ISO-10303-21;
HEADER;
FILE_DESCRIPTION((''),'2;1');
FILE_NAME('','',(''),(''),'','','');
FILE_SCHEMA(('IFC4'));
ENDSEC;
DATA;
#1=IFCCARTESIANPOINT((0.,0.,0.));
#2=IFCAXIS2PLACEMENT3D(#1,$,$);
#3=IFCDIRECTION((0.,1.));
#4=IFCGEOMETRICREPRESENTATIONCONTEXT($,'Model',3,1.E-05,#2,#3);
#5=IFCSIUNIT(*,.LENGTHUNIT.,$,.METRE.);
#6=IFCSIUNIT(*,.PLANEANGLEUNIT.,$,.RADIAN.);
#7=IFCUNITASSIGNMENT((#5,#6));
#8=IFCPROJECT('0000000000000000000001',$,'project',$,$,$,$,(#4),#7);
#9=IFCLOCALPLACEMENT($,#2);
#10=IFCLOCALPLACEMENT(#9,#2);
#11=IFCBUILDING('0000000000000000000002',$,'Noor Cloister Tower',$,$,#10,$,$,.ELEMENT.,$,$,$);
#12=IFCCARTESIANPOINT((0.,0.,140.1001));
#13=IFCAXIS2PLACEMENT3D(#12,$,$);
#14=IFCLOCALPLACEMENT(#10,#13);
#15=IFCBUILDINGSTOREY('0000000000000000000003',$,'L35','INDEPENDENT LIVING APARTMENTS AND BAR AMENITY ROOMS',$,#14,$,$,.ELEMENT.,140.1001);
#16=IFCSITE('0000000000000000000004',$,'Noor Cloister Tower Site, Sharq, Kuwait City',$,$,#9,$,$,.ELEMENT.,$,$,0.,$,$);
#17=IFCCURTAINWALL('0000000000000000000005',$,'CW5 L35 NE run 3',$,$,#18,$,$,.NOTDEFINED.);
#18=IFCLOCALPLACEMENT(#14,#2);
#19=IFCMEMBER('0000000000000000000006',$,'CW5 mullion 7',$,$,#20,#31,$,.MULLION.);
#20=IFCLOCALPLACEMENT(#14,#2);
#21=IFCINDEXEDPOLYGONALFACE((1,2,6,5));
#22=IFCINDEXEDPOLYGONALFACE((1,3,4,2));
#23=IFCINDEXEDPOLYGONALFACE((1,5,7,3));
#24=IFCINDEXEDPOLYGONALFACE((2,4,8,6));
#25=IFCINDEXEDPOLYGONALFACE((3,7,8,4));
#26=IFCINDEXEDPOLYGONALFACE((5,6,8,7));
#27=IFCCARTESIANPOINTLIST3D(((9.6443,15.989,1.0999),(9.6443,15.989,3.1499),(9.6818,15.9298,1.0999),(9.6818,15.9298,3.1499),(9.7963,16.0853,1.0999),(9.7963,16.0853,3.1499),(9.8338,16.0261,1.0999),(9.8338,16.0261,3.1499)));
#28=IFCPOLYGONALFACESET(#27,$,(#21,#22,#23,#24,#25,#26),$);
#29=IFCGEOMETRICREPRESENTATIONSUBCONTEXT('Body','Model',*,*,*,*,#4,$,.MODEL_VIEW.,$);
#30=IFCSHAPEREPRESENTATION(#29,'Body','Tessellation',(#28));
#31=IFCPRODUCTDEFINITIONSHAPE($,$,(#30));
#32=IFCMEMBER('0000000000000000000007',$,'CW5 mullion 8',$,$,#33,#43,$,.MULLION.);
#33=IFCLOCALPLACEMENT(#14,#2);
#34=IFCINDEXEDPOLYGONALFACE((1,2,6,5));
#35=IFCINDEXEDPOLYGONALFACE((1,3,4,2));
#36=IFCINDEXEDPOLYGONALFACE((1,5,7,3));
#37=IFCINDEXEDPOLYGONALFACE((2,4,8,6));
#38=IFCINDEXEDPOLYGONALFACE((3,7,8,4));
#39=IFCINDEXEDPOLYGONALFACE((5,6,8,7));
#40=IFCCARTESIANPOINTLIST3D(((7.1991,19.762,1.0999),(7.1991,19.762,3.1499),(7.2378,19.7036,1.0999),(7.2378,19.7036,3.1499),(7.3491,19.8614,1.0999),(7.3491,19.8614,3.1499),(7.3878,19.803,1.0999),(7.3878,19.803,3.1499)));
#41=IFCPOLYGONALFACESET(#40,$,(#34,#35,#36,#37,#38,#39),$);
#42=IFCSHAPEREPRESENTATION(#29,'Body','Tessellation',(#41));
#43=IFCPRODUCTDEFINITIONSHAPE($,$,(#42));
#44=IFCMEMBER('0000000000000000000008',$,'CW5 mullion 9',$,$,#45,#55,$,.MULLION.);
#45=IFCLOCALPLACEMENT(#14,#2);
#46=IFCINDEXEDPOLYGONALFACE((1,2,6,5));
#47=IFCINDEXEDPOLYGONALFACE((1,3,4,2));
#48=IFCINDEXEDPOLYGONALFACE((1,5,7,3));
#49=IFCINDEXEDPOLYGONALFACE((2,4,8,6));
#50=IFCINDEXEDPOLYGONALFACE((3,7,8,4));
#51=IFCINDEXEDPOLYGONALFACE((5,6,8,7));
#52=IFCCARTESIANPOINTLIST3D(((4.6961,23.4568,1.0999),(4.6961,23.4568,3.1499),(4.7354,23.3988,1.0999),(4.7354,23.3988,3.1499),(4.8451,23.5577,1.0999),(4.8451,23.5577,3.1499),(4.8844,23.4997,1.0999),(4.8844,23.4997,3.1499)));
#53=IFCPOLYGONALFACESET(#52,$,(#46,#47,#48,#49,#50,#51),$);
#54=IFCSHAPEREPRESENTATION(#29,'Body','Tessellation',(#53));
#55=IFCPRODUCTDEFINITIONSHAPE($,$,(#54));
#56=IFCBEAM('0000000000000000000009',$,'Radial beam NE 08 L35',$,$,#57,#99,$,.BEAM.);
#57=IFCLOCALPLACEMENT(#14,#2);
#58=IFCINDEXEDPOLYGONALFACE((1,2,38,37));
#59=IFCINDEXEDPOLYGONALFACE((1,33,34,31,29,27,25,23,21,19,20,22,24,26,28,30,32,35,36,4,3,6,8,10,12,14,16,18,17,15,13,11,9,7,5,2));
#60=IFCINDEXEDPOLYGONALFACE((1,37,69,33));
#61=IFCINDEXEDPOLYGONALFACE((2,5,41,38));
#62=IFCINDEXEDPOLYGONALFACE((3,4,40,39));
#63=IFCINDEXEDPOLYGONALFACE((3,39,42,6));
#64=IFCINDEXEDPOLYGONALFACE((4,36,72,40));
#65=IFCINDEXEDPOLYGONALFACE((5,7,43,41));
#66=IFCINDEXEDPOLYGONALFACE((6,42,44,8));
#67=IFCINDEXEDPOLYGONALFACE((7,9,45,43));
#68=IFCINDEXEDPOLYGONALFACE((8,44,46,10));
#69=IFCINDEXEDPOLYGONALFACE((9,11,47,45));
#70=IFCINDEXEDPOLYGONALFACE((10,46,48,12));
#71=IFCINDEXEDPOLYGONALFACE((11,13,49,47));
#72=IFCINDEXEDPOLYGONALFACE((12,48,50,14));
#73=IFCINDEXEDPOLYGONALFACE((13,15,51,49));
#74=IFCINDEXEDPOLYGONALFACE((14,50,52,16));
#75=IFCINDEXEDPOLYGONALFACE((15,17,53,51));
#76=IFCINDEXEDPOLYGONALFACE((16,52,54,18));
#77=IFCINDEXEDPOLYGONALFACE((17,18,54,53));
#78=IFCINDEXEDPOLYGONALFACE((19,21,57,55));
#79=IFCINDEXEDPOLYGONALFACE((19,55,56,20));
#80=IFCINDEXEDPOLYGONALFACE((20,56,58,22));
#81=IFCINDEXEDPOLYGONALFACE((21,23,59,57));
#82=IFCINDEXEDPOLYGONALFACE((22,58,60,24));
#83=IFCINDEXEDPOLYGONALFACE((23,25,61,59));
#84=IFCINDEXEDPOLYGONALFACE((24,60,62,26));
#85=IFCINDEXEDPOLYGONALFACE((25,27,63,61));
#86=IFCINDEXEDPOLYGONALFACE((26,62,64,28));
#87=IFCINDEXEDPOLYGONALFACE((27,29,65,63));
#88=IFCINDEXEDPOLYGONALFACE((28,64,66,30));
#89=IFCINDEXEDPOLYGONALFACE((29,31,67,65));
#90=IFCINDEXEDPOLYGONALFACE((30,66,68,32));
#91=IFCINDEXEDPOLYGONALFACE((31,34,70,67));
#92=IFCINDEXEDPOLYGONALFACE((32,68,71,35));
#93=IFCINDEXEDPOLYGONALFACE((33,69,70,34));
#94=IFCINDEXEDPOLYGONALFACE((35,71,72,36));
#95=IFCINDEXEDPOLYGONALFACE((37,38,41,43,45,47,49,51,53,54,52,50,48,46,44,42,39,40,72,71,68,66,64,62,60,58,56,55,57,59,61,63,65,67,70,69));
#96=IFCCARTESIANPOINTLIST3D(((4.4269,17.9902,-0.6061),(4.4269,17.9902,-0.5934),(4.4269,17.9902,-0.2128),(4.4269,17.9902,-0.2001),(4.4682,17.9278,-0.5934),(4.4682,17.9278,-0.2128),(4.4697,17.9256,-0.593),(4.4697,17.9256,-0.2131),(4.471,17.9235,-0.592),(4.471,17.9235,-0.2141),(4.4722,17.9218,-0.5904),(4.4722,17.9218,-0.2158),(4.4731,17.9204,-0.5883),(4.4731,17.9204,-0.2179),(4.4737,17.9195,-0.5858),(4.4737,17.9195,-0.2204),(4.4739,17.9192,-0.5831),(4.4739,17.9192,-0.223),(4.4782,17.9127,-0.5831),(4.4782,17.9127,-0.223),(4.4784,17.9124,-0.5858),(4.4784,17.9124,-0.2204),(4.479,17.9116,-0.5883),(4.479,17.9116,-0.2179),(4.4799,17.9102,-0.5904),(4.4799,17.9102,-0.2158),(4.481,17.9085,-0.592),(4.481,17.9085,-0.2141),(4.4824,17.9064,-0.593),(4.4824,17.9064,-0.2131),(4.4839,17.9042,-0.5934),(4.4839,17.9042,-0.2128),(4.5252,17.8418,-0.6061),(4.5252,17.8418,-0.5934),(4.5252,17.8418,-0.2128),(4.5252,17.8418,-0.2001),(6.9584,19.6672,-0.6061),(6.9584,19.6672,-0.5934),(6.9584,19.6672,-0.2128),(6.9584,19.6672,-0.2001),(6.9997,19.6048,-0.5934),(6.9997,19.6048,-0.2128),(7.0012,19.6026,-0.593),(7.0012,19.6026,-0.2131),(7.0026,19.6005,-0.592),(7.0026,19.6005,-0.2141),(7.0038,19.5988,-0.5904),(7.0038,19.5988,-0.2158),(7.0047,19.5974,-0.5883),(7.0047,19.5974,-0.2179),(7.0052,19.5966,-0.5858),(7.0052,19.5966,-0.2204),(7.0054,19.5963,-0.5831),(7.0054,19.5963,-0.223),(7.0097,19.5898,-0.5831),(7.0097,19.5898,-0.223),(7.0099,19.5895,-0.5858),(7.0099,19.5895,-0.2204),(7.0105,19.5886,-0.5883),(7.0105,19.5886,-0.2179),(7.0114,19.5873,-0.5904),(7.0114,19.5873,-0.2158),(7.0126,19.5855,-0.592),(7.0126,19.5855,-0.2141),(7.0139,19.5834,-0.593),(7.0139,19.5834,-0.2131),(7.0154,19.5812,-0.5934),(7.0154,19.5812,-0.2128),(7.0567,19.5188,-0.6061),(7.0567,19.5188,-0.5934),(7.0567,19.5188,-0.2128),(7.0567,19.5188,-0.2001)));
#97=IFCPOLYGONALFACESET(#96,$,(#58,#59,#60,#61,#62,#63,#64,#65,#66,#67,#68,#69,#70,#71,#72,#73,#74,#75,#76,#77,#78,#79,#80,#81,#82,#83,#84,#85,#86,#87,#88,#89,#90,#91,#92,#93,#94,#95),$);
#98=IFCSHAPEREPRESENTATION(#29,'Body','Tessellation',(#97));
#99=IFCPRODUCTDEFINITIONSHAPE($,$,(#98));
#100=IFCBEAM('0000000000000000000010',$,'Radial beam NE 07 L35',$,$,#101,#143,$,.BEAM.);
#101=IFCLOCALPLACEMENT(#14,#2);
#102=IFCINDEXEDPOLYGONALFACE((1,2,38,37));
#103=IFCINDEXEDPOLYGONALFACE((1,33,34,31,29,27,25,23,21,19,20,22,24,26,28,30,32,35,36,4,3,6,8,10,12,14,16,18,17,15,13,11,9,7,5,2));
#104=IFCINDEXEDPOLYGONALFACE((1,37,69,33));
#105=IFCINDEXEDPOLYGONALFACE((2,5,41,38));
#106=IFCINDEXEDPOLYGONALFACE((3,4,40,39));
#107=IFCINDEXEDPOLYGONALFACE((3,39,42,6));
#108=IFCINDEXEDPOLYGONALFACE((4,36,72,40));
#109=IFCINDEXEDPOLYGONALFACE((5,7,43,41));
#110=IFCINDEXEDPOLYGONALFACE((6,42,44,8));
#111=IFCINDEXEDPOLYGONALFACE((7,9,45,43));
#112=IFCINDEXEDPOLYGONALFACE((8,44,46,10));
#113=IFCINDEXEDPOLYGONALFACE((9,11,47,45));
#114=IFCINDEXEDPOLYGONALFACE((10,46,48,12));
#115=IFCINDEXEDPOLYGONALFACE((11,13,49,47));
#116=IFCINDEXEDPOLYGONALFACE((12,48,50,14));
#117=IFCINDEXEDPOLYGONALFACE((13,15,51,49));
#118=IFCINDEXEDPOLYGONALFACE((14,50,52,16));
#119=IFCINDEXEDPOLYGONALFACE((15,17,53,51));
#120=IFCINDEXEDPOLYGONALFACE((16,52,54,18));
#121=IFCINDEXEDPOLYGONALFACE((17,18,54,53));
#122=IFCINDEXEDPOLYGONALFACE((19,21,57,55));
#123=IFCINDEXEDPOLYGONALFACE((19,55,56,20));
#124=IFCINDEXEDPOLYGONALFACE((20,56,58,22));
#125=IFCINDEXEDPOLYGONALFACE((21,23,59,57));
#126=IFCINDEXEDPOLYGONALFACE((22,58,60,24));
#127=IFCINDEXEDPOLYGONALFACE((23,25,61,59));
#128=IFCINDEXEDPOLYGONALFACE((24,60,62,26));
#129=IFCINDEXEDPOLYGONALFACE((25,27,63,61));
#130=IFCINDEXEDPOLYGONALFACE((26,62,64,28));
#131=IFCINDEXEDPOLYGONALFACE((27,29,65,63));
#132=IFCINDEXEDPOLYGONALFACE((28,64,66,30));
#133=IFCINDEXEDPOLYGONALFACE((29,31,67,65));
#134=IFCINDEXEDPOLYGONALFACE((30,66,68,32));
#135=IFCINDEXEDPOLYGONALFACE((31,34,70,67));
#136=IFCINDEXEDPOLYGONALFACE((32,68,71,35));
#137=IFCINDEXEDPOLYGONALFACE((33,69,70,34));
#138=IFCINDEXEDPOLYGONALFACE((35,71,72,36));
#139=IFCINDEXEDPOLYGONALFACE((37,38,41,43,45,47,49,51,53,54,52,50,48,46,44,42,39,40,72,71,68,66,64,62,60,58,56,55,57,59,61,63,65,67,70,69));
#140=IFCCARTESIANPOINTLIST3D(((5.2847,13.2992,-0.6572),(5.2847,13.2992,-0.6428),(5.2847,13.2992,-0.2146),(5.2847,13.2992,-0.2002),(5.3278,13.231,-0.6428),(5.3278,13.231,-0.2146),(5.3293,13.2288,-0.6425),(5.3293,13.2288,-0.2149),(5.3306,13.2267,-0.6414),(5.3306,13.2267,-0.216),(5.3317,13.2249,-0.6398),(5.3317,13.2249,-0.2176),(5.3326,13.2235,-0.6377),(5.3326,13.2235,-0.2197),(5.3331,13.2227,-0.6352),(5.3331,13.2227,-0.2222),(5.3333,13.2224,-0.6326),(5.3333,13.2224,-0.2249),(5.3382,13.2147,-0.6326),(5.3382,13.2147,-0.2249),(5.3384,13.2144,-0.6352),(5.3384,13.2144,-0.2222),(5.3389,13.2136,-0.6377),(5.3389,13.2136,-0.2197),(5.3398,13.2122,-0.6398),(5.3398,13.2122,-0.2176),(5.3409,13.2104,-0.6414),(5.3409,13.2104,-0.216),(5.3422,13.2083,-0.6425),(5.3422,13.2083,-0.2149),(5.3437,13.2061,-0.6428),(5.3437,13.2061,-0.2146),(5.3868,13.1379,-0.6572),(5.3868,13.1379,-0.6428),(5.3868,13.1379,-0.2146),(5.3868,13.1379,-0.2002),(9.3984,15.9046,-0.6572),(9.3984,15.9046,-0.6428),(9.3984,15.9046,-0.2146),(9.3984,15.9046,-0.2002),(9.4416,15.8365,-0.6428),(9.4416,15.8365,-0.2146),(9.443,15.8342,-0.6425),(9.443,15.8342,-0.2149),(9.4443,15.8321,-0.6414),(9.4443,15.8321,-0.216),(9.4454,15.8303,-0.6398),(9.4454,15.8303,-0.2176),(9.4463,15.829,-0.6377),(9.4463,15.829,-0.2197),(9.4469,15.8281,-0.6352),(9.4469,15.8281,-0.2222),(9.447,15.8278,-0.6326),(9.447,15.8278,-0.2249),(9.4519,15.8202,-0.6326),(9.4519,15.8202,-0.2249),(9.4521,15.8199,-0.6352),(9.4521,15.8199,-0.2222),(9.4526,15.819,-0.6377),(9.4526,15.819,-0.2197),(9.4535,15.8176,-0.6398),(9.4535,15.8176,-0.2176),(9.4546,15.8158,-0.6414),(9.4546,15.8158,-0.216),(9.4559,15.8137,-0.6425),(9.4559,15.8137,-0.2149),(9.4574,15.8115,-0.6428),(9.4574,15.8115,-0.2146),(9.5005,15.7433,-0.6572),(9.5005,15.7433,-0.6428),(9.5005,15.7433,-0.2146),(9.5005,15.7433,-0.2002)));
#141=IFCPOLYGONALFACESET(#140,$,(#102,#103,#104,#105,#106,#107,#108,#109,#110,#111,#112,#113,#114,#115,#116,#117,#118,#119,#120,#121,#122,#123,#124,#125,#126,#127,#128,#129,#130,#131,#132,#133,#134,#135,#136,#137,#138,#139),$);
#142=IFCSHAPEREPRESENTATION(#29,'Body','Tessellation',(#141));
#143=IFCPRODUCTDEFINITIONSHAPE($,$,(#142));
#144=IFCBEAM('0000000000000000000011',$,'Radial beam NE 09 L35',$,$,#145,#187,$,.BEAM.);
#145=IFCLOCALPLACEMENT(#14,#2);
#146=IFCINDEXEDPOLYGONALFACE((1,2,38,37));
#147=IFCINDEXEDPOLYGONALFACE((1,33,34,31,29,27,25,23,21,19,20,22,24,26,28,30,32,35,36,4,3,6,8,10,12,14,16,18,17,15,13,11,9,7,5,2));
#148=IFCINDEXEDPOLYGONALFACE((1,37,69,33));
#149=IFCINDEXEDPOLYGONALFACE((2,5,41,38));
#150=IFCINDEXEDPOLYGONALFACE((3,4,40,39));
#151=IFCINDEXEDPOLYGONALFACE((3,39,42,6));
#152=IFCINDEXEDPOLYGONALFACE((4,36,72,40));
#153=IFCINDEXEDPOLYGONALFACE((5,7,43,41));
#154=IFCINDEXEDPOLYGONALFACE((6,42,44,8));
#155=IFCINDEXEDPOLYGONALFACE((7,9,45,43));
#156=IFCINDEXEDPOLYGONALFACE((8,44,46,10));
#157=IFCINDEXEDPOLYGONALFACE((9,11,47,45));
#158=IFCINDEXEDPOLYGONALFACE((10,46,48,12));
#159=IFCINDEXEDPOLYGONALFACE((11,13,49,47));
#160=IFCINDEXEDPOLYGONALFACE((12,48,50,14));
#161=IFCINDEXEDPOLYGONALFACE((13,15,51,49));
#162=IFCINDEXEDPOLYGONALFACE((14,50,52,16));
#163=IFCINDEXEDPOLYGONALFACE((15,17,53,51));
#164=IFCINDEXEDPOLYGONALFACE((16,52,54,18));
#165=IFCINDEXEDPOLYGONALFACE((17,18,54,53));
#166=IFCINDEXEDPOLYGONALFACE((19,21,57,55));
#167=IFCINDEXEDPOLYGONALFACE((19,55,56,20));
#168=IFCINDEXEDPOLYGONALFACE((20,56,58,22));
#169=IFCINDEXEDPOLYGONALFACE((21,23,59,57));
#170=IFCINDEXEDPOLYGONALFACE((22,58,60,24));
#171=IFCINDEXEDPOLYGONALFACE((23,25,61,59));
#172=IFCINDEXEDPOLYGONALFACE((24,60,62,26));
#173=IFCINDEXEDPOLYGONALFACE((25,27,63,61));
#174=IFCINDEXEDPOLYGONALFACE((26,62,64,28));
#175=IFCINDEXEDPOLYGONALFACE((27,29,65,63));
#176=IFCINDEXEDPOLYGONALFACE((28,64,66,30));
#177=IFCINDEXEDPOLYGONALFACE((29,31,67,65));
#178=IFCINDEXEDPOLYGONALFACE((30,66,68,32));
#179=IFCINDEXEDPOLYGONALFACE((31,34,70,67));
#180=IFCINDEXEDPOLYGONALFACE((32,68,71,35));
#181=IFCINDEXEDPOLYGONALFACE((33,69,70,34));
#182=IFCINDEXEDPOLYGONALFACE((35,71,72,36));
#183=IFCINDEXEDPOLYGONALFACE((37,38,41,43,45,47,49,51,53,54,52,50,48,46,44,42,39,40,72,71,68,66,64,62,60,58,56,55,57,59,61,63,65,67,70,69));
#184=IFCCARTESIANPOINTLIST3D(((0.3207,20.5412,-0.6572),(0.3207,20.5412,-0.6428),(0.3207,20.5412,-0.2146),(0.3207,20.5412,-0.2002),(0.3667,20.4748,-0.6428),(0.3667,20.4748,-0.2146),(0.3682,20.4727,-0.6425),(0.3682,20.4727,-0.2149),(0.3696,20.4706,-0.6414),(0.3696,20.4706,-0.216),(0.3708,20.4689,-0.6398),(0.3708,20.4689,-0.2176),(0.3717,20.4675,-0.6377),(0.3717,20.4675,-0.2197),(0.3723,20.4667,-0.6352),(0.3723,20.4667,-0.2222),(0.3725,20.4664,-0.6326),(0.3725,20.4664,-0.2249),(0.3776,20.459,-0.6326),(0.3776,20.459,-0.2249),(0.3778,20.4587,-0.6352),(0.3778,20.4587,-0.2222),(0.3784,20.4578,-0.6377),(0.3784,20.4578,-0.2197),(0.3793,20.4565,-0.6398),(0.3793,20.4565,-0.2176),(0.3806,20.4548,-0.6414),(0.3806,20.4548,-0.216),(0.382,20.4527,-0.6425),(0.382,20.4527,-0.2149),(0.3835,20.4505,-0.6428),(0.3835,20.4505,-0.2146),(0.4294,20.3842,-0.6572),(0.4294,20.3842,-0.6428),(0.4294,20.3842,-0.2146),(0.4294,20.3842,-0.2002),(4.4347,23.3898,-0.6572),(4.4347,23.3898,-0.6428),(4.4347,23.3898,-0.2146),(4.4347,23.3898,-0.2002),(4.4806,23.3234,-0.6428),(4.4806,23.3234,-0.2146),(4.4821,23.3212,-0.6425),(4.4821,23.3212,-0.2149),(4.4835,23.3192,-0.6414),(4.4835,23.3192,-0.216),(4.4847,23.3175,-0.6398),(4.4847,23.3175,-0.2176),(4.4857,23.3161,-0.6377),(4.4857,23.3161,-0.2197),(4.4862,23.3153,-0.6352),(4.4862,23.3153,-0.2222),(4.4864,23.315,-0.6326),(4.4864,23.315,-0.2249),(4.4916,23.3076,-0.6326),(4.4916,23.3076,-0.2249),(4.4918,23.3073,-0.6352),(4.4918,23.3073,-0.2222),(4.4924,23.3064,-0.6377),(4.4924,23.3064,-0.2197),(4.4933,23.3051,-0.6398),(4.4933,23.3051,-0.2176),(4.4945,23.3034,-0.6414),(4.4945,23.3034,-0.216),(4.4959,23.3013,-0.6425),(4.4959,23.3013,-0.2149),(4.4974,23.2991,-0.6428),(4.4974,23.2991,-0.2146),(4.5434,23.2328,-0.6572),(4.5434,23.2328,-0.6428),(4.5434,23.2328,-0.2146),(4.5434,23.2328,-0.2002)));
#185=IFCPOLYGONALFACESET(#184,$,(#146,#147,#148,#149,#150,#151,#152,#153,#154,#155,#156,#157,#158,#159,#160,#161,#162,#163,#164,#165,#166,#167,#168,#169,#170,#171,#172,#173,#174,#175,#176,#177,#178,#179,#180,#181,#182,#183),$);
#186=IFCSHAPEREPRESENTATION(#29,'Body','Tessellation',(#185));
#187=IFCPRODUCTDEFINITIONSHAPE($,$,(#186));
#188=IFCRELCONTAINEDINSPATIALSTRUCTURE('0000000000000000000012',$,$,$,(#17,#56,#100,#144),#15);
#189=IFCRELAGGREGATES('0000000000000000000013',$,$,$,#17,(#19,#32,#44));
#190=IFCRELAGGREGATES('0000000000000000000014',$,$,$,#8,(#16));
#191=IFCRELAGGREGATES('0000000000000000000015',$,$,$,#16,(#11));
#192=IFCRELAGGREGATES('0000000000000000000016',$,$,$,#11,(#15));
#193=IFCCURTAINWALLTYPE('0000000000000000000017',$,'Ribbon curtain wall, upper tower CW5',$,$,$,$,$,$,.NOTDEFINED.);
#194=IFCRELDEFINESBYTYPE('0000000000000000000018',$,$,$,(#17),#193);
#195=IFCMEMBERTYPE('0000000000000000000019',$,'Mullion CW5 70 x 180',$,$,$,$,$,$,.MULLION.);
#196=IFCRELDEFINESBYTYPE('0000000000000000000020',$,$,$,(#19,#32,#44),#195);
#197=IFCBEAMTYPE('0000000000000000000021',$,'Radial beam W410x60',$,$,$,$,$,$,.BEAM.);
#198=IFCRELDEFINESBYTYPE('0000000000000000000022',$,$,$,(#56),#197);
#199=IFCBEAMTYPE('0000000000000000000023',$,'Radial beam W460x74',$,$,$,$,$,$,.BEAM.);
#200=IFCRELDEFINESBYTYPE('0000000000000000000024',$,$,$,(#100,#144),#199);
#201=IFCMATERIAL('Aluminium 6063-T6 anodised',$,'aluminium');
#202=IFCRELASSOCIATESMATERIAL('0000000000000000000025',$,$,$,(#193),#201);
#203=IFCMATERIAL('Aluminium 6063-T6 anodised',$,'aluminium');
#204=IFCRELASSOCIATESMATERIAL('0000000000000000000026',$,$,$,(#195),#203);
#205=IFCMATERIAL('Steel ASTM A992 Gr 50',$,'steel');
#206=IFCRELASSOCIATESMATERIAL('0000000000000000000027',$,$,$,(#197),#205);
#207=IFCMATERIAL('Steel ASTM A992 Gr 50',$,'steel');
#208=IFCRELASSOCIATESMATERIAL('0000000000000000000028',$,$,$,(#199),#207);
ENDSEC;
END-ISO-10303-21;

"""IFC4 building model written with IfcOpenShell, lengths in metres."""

from ifc_helpers import new_model, si_unit, direction, frame, origin, origin_2d, place, context, subcontext, project, spatial, rectangle, i_section, extrude, material, material_profile, profile_set, type_object, element, aggregate, save


model = new_model("IFC4")

# Units and contexts
model_context = context("Model", 3, precision=1e-05, world=origin(), true_north=direction((0.0, 1.0)))
body_context = subcontext(model_context, "Body", "Model", "MODEL_VIEW")
ifc_project = project(units=[si_unit("LENGTHUNIT", "METRE"), si_unit("PLANEANGLEUNIT", "RADIAN")], contexts=[model_context])

# Site, building, storey
site_placement = place(None, origin())
site = spatial("IfcSite", under=ifc_project, at=site_placement, Name="Noor Cloister Tower Site, Sharq, Kuwait City", CompositionType="ELEMENT", RefElevation=0.0)
building_placement = place(site_placement, origin())
building = spatial("IfcBuilding", under=site, at=building_placement, Name="Noor Cloister Tower", CompositionType="ELEMENT")
storey_placement = place(building_placement, frame((0.0, 0.0, 140.1001)))
storey = spatial("IfcBuildingStorey", under=building, at=storey_placement, Name="L35", Description="INDEPENDENT LIVING APARTMENTS AND BAR AMENITY ROOMS", CompositionType="ELEMENT", Elevation=140.1001)

# Curtain wall, members
ifc_material_1 = material(Name="Aluminium 6063-T6 anodised", Category="aluminium")
curtain_wall_type = type_object("IfcCurtainWallType", Name="Ribbon curtain wall, upper tower CW5", PredefinedType="NOTDEFINED", material=ifc_material_1)
curtain_wall_placement = place(storey_placement, origin())
curtain_wall = element("IfcCurtainWall", 1, at=curtain_wall_placement, inside=storey, type_object=curtain_wall_type, Name="CW5 L35 NE run 3", PredefinedType="NOTDEFINED")
ifc_material_2 = material(Name="Aluminium 6063-T6 anodised", Category="aluminium")
ifc_material_profile_1 = material_profile(ifc_material_2, rectangle(XDim=0.1799, YDim=0.0701, at=origin_2d()), Name="180 x 70 mullion")
ifc_profile_set_1 = profile_set([ifc_material_profile_1], Name="Aluminium 6063-T6 anodised")
member_type = type_object("IfcMemberType", Name="Mullion CW5 70 x 180", PredefinedType="MULLION", material=ifc_profile_set_1)
member_1_placement = place(storey_placement, frame((9.739, 16.0076, 1.0999), z_axis=(0.0, 0.0, 1.0), x_axis=(-0.8448, -0.535083, 0.0)))
member_1 = element("IfcMember", 2, at=member_1_placement, type_object=member_type, Name="CW5 mullion 7", PredefinedType="MULLION", context=body_context, shape_type="SweptSolid", body=[
    extrude(rectangle(XDim=0.1799, YDim=0.0701, at=origin_2d()), origin(), (0.0, 0.0, 1.0), 2.05),
])
member_2_placement = place(storey_placement, frame((7.2935, 19.7825, 1.0999), z_axis=(0.0, 0.0, 1.0), x_axis=(-0.833652, -0.55229, 0.0)))
member_2 = element("IfcMember", 3, at=member_2_placement, type_object=member_type, Name="CW5 mullion 8", PredefinedType="MULLION", context=body_context, shape_type="SweptSolid", body=[
    extrude(rectangle(XDim=0.1799, YDim=0.0701, at=origin_2d()), origin(), (0.0, 0.0, 1.0), 2.05),
])
member_3_placement = place(storey_placement, frame((4.7903, 23.4783, 1.0999), z_axis=(0.0, 0.0, 1.0), x_axis=(-0.827946, -0.560807, 0.0)))
member_3 = element("IfcMember", 4, at=member_3_placement, type_object=member_type, Name="CW5 mullion 9", PredefinedType="MULLION", context=body_context, shape_type="SweptSolid", body=[
    extrude(rectangle(XDim=0.1799, YDim=0.0701, at=origin_2d()), origin(), (0.0, 0.0, 1.0), 2.05),
])

# Beams
ifc_material_3 = material(Name="Steel ASTM A992 Gr 50", Category="steel")
ifc_material_profile_2 = material_profile(ifc_material_3, i_section(OverallWidth=0.178, OverallDepth=0.406, WebThickness=0.0078, FlangeThickness=0.0127, FilletRadius=0.0103, at=origin_2d()), Name="W410x60")
ifc_profile_set_2 = profile_set([ifc_material_profile_2], Name="Steel ASTM A992 Gr 50")
beam_type_1 = type_object("IfcBeamType", Name="Radial beam W410x60", PredefinedType="BEAM", material=ifc_profile_set_2)
beam_1_placement = place(storey_placement, frame((7.0076, 19.593, -0.4031), z_axis=(-0.833667, -0.552267, 0.0), x_axis=(0.552267, -0.833667, 0.0)))
element("IfcBeam", 5, at=beam_1_placement, inside=storey, type_object=beam_type_1, Name="Radial beam NE 08 L35", PredefinedType="BEAM", context=body_context, shape_type="SweptSolid", body=[
    extrude(i_section(OverallWidth=0.178, OverallDepth=0.406, WebThickness=0.0078, FlangeThickness=0.0127, FilletRadius=0.0103, at=origin_2d()), origin(), (0.0, 0.0, 1.0), 3.0366),
])
ifc_material_4 = material(Name="Steel ASTM A992 Gr 50", Category="steel")
ifc_material_profile_3 = material_profile(ifc_material_4, i_section(OverallWidth=0.1909, OverallDepth=0.457, WebThickness=0.009, FlangeThickness=0.0144, FilletRadius=0.0103, at=origin_2d()), Name="W460x74")
ifc_profile_set_3 = profile_set([ifc_material_profile_3], Name="Steel ASTM A992 Gr 50")
beam_type_2 = type_object("IfcBeamType", Name="Radial beam W460x74", PredefinedType="BEAM", material=ifc_profile_set_3)
beam_2_placement = place(storey_placement, frame((9.4495, 15.824, -0.4287), z_axis=(-0.844812, -0.535064, 0.0), x_axis=(0.535064, -0.844812, 0.0)))
element("IfcBeam", 6, at=beam_2_placement, inside=storey, type_object=beam_type_2, Name="Radial beam NE 07 L35", PredefinedType="BEAM", context=body_context, shape_type="SweptSolid", body=[
    extrude(i_section(OverallWidth=0.1909, OverallDepth=0.457, WebThickness=0.009, FlangeThickness=0.0144, FilletRadius=0.0103, at=origin_2d()), origin(), (0.0, 0.0, 1.0), 4.8694),
])
beam_3_placement = place(storey_placement, frame((4.489, 23.3113, -0.4287), z_axis=(-0.822148, -0.569273, 0.0), x_axis=(0.569273, -0.822148, 0.0)))
element("IfcBeam", 7, at=beam_3_placement, inside=storey, type_object=beam_type_2, Name="Radial beam NE 09 L35", PredefinedType="BEAM", context=body_context, shape_type="SweptSolid", body=[
    extrude(i_section(OverallWidth=0.1909, OverallDepth=0.457, WebThickness=0.009, FlangeThickness=0.0144, FilletRadius=0.0103, at=origin_2d()), origin(), (0.0, 0.0, 1.0), 5.0039),
])

aggregate(curtain_wall, [member_1, member_2, member_3])

save(model, "model.ifc")
